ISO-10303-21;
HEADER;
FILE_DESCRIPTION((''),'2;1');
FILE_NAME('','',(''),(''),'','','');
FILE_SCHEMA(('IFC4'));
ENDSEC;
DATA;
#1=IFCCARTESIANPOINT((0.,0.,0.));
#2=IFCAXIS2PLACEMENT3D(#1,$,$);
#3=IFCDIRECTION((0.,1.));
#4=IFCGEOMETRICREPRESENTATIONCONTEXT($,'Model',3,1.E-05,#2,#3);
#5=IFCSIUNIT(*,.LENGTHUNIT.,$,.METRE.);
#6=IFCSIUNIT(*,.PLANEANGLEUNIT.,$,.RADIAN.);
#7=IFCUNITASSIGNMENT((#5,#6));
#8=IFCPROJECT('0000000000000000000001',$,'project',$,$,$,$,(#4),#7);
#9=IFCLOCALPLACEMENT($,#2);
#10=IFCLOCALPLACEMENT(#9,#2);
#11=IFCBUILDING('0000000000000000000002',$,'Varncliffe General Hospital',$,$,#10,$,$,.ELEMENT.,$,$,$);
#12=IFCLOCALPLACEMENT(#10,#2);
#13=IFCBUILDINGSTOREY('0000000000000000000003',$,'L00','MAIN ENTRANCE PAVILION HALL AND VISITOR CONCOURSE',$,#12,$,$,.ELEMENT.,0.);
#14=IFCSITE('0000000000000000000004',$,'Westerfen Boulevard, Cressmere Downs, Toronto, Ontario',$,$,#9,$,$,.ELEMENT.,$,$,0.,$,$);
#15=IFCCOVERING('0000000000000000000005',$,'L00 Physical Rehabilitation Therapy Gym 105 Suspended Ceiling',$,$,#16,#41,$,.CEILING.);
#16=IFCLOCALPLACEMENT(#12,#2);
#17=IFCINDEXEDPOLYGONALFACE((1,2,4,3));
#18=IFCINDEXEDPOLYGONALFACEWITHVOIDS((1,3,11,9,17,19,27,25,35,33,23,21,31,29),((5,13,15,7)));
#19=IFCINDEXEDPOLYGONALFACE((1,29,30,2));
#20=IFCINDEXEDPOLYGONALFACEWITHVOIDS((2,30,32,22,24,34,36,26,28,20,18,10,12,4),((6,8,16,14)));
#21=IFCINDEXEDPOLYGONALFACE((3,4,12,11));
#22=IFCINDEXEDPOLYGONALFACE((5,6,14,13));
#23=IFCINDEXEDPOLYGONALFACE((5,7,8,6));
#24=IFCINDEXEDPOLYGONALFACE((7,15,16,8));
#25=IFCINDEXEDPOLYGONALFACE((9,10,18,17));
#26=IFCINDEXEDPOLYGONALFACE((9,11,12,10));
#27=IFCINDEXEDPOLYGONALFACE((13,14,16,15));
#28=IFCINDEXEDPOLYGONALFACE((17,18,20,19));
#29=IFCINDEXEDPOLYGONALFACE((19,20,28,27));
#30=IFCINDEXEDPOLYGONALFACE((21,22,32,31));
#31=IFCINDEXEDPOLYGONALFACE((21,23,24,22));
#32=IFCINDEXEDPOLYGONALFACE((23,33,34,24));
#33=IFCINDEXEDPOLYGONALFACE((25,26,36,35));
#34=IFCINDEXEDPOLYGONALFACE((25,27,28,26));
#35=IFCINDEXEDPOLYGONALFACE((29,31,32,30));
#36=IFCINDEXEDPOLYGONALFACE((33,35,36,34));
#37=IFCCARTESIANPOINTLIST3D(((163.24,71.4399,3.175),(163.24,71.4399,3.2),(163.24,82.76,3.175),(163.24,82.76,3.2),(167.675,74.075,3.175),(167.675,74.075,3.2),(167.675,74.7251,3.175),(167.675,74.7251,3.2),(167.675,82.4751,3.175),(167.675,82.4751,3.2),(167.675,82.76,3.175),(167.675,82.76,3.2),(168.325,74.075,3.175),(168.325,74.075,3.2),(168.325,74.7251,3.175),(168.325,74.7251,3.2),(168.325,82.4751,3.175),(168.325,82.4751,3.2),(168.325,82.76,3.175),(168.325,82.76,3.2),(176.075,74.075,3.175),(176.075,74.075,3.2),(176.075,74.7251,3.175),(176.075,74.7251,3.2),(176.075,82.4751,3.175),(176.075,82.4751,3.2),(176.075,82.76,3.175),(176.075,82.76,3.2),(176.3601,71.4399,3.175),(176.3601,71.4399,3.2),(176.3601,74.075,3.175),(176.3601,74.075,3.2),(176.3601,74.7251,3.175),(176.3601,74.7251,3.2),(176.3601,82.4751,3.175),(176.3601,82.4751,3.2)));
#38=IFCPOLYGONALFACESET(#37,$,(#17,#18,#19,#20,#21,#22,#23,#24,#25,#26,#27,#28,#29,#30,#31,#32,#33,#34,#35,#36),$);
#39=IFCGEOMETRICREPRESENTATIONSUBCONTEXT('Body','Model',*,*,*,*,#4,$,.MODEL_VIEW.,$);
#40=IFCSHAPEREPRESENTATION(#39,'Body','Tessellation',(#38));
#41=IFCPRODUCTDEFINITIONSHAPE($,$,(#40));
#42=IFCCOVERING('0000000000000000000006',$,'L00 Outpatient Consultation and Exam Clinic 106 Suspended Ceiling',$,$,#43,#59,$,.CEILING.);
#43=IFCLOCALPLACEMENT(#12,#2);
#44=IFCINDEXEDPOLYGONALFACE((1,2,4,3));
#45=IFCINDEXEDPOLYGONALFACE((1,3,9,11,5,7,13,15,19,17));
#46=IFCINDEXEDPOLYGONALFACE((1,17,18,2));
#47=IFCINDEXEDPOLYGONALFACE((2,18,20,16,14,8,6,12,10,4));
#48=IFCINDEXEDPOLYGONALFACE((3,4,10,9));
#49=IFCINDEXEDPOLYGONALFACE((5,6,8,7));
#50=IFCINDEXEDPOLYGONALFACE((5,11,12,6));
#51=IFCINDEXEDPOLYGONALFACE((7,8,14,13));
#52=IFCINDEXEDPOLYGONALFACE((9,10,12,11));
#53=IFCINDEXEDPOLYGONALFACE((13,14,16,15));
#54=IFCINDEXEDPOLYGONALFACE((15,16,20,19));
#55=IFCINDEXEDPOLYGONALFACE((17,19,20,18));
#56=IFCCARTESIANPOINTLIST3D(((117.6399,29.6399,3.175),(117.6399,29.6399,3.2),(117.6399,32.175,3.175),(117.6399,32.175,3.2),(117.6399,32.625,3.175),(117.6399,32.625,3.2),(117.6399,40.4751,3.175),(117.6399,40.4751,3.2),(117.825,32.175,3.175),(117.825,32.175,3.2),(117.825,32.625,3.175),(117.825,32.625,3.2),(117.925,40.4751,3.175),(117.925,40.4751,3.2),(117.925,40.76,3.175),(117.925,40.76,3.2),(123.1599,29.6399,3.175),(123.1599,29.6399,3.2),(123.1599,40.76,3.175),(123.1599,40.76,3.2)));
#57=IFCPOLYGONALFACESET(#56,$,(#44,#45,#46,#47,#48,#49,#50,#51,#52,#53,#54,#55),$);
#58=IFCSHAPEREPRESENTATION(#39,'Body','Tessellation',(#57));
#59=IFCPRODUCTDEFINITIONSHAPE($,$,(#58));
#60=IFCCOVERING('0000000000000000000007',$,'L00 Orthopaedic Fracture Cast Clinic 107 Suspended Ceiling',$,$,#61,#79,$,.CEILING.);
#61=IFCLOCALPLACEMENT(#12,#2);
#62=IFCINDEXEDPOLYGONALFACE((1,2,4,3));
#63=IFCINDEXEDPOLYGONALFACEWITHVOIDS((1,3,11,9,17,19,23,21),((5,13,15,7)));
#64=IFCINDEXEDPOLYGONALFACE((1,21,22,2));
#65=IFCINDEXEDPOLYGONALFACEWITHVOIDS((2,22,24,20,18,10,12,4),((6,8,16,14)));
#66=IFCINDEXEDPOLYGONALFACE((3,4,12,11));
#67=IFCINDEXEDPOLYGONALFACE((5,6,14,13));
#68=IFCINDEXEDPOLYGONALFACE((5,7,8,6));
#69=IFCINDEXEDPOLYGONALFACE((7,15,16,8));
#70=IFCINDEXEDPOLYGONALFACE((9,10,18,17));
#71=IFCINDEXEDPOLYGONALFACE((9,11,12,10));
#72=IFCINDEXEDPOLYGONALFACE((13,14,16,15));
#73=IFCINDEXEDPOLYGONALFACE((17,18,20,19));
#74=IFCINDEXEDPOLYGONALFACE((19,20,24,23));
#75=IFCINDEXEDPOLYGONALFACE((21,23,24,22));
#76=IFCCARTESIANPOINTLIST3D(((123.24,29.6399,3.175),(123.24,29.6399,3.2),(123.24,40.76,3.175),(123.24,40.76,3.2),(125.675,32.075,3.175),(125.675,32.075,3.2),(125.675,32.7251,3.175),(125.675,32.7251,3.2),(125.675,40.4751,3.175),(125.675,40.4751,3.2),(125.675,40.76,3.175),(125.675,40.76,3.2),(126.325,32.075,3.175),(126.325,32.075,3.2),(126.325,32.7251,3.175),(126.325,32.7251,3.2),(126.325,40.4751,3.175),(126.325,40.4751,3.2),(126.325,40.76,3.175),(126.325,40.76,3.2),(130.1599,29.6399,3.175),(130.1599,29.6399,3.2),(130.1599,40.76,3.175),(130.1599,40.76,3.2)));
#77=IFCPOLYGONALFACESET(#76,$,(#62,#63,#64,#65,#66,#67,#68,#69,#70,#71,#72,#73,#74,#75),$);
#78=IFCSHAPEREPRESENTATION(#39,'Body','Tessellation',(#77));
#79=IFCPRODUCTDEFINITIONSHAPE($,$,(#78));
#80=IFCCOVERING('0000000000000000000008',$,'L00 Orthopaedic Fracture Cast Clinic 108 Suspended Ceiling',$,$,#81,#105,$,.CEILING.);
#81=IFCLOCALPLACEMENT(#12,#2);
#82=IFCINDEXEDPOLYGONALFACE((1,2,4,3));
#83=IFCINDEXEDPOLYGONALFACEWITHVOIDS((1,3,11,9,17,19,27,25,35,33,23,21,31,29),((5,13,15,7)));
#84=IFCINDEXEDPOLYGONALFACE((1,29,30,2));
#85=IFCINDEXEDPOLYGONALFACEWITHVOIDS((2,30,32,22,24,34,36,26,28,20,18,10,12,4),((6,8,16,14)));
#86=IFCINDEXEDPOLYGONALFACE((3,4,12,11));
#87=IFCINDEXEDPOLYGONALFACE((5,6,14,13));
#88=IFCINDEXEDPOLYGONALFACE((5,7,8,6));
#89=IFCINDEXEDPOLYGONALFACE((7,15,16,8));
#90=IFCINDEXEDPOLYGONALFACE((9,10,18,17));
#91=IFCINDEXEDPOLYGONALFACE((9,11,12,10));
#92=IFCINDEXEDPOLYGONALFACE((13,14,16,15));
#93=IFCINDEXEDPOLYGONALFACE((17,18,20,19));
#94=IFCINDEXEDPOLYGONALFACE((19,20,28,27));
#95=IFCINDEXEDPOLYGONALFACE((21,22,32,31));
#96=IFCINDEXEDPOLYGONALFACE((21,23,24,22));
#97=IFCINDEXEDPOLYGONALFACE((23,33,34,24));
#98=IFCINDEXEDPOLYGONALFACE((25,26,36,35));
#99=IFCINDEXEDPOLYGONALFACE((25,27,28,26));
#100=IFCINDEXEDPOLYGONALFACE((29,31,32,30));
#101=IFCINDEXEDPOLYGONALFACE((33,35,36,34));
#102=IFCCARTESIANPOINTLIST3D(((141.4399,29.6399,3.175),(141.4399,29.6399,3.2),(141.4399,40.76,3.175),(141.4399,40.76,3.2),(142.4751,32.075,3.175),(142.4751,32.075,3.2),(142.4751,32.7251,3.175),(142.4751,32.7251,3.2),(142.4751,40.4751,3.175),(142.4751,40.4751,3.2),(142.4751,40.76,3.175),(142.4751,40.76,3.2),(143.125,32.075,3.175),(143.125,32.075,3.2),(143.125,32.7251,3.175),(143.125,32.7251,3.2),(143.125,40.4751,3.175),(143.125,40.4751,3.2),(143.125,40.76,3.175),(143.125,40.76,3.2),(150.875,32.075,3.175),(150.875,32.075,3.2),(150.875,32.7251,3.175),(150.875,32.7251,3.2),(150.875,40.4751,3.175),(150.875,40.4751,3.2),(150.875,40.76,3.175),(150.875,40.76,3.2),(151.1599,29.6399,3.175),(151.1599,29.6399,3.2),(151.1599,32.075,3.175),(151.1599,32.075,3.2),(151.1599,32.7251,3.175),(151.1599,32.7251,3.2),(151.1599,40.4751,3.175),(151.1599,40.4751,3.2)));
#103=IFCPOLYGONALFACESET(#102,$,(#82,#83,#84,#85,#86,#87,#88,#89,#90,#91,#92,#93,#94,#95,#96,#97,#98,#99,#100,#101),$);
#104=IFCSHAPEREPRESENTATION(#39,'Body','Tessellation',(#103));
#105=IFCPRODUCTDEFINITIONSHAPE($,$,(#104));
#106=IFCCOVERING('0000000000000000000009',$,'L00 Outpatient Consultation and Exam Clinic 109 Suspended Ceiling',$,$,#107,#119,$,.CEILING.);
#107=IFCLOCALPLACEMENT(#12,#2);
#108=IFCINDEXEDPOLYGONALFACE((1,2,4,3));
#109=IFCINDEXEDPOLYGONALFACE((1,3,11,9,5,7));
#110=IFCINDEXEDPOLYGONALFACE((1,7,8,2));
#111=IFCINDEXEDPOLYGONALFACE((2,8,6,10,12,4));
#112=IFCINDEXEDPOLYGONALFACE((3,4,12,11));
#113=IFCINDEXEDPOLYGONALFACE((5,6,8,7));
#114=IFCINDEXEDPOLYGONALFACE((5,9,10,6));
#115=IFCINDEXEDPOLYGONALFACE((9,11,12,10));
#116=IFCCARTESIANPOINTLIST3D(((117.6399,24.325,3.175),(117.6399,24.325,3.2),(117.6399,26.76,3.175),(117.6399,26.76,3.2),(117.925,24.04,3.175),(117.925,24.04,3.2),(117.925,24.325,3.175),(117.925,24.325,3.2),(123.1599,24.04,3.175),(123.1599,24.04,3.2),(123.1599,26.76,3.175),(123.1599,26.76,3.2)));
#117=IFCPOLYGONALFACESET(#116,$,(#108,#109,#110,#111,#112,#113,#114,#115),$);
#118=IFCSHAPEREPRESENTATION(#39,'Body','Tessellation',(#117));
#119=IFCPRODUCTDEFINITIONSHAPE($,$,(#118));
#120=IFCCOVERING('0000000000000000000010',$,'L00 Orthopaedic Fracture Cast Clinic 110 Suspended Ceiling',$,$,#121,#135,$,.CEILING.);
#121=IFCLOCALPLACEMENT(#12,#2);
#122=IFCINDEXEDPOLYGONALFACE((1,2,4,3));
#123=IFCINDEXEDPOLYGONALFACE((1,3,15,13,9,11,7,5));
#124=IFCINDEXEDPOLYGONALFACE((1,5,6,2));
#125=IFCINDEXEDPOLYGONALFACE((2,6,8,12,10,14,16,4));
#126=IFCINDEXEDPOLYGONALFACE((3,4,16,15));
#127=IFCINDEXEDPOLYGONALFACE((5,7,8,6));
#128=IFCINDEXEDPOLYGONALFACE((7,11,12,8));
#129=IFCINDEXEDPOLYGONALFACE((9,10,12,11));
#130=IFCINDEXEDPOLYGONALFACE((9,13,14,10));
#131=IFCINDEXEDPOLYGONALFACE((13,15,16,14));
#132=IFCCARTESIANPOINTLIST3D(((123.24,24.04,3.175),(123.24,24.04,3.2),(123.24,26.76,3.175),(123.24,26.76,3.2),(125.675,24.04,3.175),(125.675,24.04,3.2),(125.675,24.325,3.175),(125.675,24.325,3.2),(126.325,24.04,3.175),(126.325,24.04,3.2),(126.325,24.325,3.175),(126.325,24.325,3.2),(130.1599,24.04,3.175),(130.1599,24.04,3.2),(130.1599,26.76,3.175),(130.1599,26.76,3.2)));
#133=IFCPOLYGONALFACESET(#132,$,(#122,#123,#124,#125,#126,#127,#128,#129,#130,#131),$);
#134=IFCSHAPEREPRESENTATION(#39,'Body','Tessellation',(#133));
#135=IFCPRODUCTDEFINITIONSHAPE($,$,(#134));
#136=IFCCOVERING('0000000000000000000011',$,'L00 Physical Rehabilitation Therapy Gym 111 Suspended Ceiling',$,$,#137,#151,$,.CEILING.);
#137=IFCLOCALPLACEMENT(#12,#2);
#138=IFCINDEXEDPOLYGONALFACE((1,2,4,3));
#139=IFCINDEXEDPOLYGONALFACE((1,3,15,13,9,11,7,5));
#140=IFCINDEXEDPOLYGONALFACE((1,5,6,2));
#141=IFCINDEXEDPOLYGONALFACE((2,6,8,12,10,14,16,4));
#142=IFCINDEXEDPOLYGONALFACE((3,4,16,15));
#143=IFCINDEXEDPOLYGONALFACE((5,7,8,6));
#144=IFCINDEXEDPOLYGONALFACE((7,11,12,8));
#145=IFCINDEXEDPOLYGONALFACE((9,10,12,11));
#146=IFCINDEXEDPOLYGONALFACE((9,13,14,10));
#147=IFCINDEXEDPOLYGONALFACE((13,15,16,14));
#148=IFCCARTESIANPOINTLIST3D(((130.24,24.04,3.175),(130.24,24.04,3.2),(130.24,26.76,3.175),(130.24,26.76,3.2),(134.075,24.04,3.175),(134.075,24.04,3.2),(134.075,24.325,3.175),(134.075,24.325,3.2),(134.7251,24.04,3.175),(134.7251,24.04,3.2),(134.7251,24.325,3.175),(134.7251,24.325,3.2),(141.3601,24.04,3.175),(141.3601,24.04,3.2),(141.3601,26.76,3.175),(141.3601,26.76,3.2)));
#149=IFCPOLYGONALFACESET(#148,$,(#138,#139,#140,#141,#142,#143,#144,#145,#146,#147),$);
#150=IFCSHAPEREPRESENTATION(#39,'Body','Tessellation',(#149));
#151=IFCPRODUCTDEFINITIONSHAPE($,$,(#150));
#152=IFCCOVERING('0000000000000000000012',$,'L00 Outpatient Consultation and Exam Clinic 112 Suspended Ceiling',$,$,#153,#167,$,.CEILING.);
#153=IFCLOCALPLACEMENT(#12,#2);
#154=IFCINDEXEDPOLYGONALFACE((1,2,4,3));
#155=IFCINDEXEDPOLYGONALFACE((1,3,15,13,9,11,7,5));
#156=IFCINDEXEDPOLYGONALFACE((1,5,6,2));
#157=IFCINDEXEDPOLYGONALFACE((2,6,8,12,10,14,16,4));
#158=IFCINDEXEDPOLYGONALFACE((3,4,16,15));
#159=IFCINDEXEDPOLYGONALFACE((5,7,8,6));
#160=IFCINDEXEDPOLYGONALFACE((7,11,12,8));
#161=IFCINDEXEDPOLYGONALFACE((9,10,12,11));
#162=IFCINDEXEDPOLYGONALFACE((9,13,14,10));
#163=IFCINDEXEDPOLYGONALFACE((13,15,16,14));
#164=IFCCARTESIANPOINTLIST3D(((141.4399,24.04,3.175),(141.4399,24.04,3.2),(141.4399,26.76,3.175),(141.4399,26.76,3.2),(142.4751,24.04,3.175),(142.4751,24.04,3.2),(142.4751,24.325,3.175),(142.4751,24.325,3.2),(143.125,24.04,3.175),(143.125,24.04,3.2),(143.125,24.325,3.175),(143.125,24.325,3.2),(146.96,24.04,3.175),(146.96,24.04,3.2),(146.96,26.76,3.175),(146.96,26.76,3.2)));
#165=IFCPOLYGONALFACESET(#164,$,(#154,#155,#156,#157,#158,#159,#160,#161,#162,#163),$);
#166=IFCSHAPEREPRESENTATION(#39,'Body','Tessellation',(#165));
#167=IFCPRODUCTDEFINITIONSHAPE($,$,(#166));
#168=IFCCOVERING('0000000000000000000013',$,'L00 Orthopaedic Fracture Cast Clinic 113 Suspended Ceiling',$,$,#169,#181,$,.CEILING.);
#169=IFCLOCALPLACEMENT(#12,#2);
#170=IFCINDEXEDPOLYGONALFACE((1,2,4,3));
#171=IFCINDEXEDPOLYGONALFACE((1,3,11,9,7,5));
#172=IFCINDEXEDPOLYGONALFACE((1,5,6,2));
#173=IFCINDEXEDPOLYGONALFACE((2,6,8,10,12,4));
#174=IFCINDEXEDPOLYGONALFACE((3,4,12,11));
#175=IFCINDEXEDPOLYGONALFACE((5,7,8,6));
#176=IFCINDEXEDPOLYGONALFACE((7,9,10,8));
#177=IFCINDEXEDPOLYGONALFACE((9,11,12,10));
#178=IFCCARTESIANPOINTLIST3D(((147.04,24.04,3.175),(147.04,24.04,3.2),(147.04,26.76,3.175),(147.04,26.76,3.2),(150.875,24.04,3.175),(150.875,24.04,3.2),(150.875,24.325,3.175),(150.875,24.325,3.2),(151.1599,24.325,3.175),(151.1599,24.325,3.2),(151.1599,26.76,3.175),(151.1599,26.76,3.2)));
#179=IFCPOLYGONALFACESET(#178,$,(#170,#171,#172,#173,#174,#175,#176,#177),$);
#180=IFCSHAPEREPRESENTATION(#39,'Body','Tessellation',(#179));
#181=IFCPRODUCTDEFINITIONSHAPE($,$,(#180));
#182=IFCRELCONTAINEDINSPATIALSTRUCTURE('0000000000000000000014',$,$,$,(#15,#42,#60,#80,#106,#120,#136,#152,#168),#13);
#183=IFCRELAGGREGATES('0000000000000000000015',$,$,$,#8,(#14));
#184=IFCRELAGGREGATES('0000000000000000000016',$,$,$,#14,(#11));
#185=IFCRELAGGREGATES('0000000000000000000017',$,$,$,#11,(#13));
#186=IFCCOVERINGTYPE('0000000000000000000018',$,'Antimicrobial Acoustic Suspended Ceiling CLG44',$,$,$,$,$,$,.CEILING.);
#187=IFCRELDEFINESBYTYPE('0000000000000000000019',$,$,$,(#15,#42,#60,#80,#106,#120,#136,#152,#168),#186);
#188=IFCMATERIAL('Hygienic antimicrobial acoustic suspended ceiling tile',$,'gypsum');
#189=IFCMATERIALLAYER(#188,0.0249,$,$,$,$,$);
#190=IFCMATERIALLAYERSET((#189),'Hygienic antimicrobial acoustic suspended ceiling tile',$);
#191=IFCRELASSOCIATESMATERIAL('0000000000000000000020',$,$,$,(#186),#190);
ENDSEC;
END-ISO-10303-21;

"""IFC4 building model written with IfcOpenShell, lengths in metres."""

from ifc_helpers import new_model, si_unit, direction, frame, origin, place, context, subcontext, project, spatial, polyline, outline, extrude, material, layer, layer_set, type_object, element, save


model = new_model("IFC4")

# Units and contexts
model_context = context("Model", 3, precision=1e-05, world=origin(), true_north=direction((0.0, 1.0)))
body_context = subcontext(model_context, "Body", "Model", "MODEL_VIEW")
ifc_project = project(units=[si_unit("LENGTHUNIT", "METRE"), si_unit("PLANEANGLEUNIT", "RADIAN")], contexts=[model_context])

# Site, building, storey
site_placement = place(None, origin())
site = spatial("IfcSite", under=ifc_project, at=site_placement, Name="Westerfen Boulevard, Cressmere Downs, Toronto, Ontario", CompositionType="ELEMENT", RefElevation=0.0)
building_placement = place(site_placement, origin())
building = spatial("IfcBuilding", under=site, at=building_placement, Name="Varncliffe General Hospital", CompositionType="ELEMENT")
storey_placement = place(building_placement, origin())
storey = spatial("IfcBuildingStorey", under=building, at=storey_placement, Name="L00", Description="MAIN ENTRANCE PAVILION HALL AND VISITOR CONCOURSE", CompositionType="ELEMENT", Elevation=0.0)

# Coverings
ifc_material = material(Name="Hygienic antimicrobial acoustic suspended ceiling tile", Category="gypsum")
ifc_layer = layer(ifc_material, 0.0249)
ifc_layer_set = layer_set([ifc_layer], Name="Hygienic antimicrobial acoustic suspended ceiling tile")
covering_type = type_object("IfcCoveringType", Name="Antimicrobial Acoustic Suspended Ceiling CLG44", PredefinedType="CEILING", material=ifc_layer_set)
covering_1_placement = place(storey_placement, frame((0.0, 0.0, 3.175)))
element("IfcCovering", 1, at=covering_1_placement, inside=storey, type_object=covering_type, Name="L00 Physical Rehabilitation Therapy Gym 105 Suspended Ceiling", PredefinedType="CEILING", context=body_context, shape_type="SweptSolid", body=[
    extrude(outline(polyline([(176.075, 74.7251), (176.075, 74.075), (176.3601, 74.075), (176.3601, 71.4399), (163.24, 71.4399), (163.24, 82.76), (167.675, 82.76), (167.675, 82.4751), (168.325, 82.4751), (168.325, 82.76), (176.075, 82.76), (176.075, 82.4751), (176.3601, 82.4751), (176.3601, 74.7251), (176.075, 74.7251)]), holes=[polyline([(168.325, 74.075), (168.325, 74.7251), (167.675, 74.7251), (167.675, 74.075), (168.325, 74.075)])]), origin(), (0.0, 0.0, 1.0), 0.0249),
])
covering_2_placement = place(storey_placement, frame((0.0, 0.0, 3.175)))
element("IfcCovering", 2, at=covering_2_placement, inside=storey, type_object=covering_type, Name="L00 Outpatient Consultation and Exam Clinic 106 Suspended Ceiling", PredefinedType="CEILING", context=body_context, shape_type="SweptSolid", body=[
    extrude(outline(polyline([(123.1599, 40.76), (123.1599, 29.6399), (117.6399, 29.6399), (117.6399, 32.175), (117.825, 32.175), (117.825, 32.625), (117.6399, 32.625), (117.6399, 40.4751), (117.925, 40.4751), (117.925, 40.76), (123.1599, 40.76)])), origin(), (0.0, 0.0, 1.0), 0.0249),
])
covering_3_placement = place(storey_placement, frame((0.0, 0.0, 3.175)))
element("IfcCovering", 3, at=covering_3_placement, inside=storey, type_object=covering_type, Name="L00 Orthopaedic Fracture Cast Clinic 107 Suspended Ceiling", PredefinedType="CEILING", context=body_context, shape_type="SweptSolid", body=[
    extrude(outline(polyline([(130.1599, 40.76), (130.1599, 29.6399), (123.24, 29.6399), (123.24, 40.76), (125.675, 40.76), (125.675, 40.4751), (126.325, 40.4751), (126.325, 40.76), (130.1599, 40.76)]), holes=[polyline([(126.325, 32.075), (126.325, 32.7251), (125.675, 32.7251), (125.675, 32.075), (126.325, 32.075)])]), origin(), (0.0, 0.0, 1.0), 0.0249),
])
covering_4_placement = place(storey_placement, frame((0.0, 0.0, 3.175)))
element("IfcCovering", 4, at=covering_4_placement, inside=storey, type_object=covering_type, Name="L00 Orthopaedic Fracture Cast Clinic 108 Suspended Ceiling", PredefinedType="CEILING", context=body_context, shape_type="SweptSolid", body=[
    extrude(outline(polyline([(150.875, 32.7251), (150.875, 32.075), (151.1599, 32.075), (151.1599, 29.6399), (141.4399, 29.6399), (141.4399, 40.76), (142.4751, 40.76), (142.4751, 40.4751), (143.125, 40.4751), (143.125, 40.76), (150.875, 40.76), (150.875, 40.4751), (151.1599, 40.4751), (151.1599, 32.7251), (150.875, 32.7251)]), holes=[polyline([(143.125, 32.075), (143.125, 32.7251), (142.4751, 32.7251), (142.4751, 32.075), (143.125, 32.075)])]), origin(), (0.0, 0.0, 1.0), 0.0249),
])
covering_5_placement = place(storey_placement, frame((0.0, 0.0, 3.175)))
element("IfcCovering", 5, at=covering_5_placement, inside=storey, type_object=covering_type, Name="L00 Outpatient Consultation and Exam Clinic 109 Suspended Ceiling", PredefinedType="CEILING", context=body_context, shape_type="SweptSolid", body=[
    extrude(outline(polyline([(117.6399, 26.76), (123.1599, 26.76), (123.1599, 24.04), (117.925, 24.04), (117.925, 24.325), (117.6399, 24.325), (117.6399, 26.76)])), origin(), (0.0, 0.0, 1.0), 0.0249),
])
covering_6_placement = place(storey_placement, frame((0.0, 0.0, 3.175)))
element("IfcCovering", 6, at=covering_6_placement, inside=storey, type_object=covering_type, Name="L00 Orthopaedic Fracture Cast Clinic 110 Suspended Ceiling", PredefinedType="CEILING", context=body_context, shape_type="SweptSolid", body=[
    extrude(outline(polyline([(123.24, 24.04), (123.24, 26.76), (130.1599, 26.76), (130.1599, 24.04), (126.325, 24.04), (126.325, 24.325), (125.675, 24.325), (125.675, 24.04), (123.24, 24.04)])), origin(), (0.0, 0.0, 1.0), 0.0249),
])
covering_7_placement = place(storey_placement, frame((0.0, 0.0, 3.175)))
element("IfcCovering", 7, at=covering_7_placement, inside=storey, type_object=covering_type, Name="L00 Physical Rehabilitation Therapy Gym 111 Suspended Ceiling", PredefinedType="CEILING", context=body_context, shape_type="SweptSolid", body=[
    extrude(outline(polyline([(130.24, 24.04), (130.24, 26.76), (141.3601, 26.76), (141.3601, 24.04), (134.7251, 24.04), (134.7251, 24.325), (134.075, 24.325), (134.075, 24.04), (130.24, 24.04)])), origin(), (0.0, 0.0, 1.0), 0.0249),
])
covering_8_placement = place(storey_placement, frame((0.0, 0.0, 3.175)))
element("IfcCovering", 8, at=covering_8_placement, inside=storey, type_object=covering_type, Name="L00 Outpatient Consultation and Exam Clinic 112 Suspended Ceiling", PredefinedType="CEILING", context=body_context, shape_type="SweptSolid", body=[
    extrude(outline(polyline([(141.4399, 24.04), (141.4399, 26.76), (146.96, 26.76), (146.96, 24.04), (143.125, 24.04), (143.125, 24.325), (142.4751, 24.325), (142.4751, 24.04), (141.4399, 24.04)])), origin(), (0.0, 0.0, 1.0), 0.0249),
])
covering_9_placement = place(storey_placement, frame((0.0, 0.0, 3.175)))
element("IfcCovering", 9, at=covering_9_placement, inside=storey, type_object=covering_type, Name="L00 Orthopaedic Fracture Cast Clinic 113 Suspended Ceiling", PredefinedType="CEILING", context=body_context, shape_type="SweptSolid", body=[
    extrude(outline(polyline([(147.04, 24.04), (147.04, 26.76), (151.1599, 26.76), (151.1599, 24.325), (150.875, 24.325), (150.875, 24.04), (147.04, 24.04)])), origin(), (0.0, 0.0, 1.0), 0.0249),
])

save(model, "model.ifc")
